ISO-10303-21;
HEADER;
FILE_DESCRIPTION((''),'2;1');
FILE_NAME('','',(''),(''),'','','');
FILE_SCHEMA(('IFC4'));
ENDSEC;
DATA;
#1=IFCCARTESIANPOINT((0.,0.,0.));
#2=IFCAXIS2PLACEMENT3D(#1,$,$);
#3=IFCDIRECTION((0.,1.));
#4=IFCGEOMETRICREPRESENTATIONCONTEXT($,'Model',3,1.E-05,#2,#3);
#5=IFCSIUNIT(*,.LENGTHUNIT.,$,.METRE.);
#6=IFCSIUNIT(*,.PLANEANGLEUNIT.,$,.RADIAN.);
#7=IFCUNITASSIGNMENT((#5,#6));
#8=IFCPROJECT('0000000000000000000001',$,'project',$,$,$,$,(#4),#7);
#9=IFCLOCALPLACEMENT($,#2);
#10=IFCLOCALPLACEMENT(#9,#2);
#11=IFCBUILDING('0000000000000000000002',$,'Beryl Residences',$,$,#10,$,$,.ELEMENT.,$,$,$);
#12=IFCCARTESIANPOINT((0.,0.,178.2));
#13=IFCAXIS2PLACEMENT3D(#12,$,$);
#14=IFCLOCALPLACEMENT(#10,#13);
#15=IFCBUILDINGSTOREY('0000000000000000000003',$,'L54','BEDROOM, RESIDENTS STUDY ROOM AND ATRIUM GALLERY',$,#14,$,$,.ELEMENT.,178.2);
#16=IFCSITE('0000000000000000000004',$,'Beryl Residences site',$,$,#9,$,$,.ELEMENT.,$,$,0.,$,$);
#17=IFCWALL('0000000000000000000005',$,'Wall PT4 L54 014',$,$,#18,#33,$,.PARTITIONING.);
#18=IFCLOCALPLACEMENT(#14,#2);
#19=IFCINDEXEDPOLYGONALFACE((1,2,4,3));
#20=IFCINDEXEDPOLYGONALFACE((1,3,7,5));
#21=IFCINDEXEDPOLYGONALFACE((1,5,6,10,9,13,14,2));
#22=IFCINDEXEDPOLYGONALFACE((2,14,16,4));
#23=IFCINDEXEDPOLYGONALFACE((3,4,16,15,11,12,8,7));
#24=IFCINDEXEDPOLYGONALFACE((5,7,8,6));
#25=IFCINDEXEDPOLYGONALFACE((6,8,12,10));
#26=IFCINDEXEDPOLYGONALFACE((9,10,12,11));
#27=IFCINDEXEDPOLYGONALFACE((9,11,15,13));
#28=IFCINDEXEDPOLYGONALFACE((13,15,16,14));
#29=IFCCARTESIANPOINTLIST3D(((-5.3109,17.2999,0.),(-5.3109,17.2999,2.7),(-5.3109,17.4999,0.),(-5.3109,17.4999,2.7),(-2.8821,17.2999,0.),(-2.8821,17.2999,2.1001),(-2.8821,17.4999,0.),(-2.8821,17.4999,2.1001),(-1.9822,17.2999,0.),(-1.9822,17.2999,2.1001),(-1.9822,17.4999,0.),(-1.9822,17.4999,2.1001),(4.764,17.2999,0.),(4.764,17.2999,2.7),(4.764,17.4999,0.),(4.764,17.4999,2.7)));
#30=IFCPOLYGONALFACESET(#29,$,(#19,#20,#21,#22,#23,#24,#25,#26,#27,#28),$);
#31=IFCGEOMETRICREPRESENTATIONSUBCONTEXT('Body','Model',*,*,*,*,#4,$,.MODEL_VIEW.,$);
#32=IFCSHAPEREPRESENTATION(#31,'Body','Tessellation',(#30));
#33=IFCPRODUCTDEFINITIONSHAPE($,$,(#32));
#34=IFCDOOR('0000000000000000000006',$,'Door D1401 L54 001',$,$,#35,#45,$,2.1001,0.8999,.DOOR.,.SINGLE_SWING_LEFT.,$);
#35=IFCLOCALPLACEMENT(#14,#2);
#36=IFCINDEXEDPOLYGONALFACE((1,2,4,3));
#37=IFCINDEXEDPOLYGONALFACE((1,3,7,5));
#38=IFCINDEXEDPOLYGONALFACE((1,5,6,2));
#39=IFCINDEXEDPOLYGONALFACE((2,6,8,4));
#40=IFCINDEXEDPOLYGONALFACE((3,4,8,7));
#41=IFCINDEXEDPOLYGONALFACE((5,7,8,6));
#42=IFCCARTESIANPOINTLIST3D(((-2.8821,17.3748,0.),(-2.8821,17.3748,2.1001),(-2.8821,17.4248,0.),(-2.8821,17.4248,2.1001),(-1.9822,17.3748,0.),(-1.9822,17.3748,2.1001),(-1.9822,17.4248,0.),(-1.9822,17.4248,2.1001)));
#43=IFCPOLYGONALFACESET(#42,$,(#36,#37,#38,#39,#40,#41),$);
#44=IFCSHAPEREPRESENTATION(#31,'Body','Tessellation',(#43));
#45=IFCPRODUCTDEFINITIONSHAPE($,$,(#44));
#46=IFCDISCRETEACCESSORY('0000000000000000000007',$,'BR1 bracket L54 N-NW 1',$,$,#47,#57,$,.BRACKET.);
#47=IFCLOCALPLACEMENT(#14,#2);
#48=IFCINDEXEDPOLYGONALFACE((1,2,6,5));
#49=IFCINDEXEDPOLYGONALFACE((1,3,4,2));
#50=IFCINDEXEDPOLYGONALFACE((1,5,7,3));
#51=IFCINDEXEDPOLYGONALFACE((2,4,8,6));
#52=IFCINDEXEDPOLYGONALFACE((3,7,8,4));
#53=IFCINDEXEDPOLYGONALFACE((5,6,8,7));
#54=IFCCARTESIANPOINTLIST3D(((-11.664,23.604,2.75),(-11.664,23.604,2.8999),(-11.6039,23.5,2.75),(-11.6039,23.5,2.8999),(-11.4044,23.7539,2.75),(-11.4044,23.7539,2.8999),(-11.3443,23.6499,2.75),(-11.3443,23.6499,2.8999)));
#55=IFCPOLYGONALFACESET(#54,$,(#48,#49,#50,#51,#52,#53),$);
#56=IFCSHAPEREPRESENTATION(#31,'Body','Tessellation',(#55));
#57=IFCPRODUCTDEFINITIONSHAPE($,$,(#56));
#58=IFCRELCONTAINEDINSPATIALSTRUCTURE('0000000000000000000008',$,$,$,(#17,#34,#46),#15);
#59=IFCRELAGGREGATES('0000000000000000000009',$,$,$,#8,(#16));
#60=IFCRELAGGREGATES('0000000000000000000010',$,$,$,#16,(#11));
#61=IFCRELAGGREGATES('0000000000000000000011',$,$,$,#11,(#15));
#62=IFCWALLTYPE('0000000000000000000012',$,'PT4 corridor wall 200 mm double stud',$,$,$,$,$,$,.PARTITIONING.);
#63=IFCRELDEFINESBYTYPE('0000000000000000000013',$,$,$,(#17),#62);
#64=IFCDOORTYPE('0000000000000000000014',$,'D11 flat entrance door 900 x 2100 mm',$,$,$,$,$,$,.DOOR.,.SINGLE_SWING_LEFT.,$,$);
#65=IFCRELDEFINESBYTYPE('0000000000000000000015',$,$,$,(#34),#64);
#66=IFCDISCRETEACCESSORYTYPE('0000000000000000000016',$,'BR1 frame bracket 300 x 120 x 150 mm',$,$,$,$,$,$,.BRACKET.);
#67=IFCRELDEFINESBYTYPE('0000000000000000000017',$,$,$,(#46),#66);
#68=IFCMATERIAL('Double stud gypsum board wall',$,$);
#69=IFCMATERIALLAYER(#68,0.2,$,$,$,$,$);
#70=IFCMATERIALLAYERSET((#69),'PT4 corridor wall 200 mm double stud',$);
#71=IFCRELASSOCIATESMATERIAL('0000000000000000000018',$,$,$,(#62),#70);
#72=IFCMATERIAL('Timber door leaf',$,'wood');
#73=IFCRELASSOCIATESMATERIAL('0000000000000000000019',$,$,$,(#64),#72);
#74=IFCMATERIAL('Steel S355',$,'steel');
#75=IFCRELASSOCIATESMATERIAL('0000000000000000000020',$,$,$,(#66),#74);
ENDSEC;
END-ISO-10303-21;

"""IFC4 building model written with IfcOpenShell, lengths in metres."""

from ifc_helpers import new_model, si_unit, direction, frame, frame_2d, origin, place, context, subcontext, project, spatial, polyline, rectangle, outline, extrude, source, transform, mapped, material, layer, layer_set, type_object, type_shapes, element, fill, save


model = new_model("IFC4")

# Units and contexts
model_context = context("Model", 3, precision=1e-05, world=origin(), true_north=direction((0.0, 1.0)))
body_context = subcontext(model_context, "Body", "Model", "MODEL_VIEW")
ifc_project = project(units=[si_unit("LENGTHUNIT", "METRE"), si_unit("PLANEANGLEUNIT", "RADIAN")], contexts=[model_context])

# Site, building, storey
site_placement = place(None, origin())
site = spatial("IfcSite", under=ifc_project, at=site_placement, Name="Beryl Residences site", CompositionType="ELEMENT", RefElevation=0.0)
building_placement = place(site_placement, origin())
building = spatial("IfcBuilding", under=site, at=building_placement, Name="Beryl Residences", CompositionType="ELEMENT")
storey_placement = place(building_placement, frame((0.0, 0.0, 178.2)))
storey = spatial("IfcBuildingStorey", under=building, at=storey_placement, Name="L54", Description="BEDROOM, RESIDENTS STUDY ROOM AND ATRIUM GALLERY", CompositionType="ELEMENT", Elevation=178.2)

# Wall, opening, door
ifc_material_1 = material(Name="Double stud gypsum board wall")
ifc_layer_1 = layer(ifc_material_1, 0.2)
ifc_layer_set_1 = layer_set([ifc_layer_1], Name="PT4 corridor wall 200 mm double stud")
wall_type_1 = type_object("IfcWallType", Name="PT4 corridor wall 200 mm double stud", PredefinedType="PARTITIONING", material=ifc_layer_set_1)
wall_1_placement = place(storey_placement, frame((-5.311, 17.3999, 0.0), z_axis=(0.0, 0.0, 1.0), x_axis=(1.0, 0.0, 0.0)))
wall_1 = element("IfcWall", 1, at=wall_1_placement, inside=storey, type_object=wall_type_1, Name="Wall PT4 L54 014", PredefinedType="PARTITIONING", context=body_context, shape_type="SweptSolid", body=[
    extrude(rectangle(XDim=10.075, YDim=0.2, at=frame_2d((5.0376, 0.0))), origin(), (0.0, 0.0, 1.0), 2.7),
])
opening_1_placement = place(wall_1_placement, frame((2.429, 0.0, 0.0)))
opening_1 = element("IfcOpeningElement", 2, at=opening_1_placement, cuts=wall_1, PredefinedType="OPENING", context=body_context, shape_type="SweptSolid", body=[
    extrude(rectangle(XDim=0.8999, YDim=2.1001, at=frame_2d((0.45, 1.05))), frame((0.0, 0.1099, 0.0), z_axis=(0.0, -1.0, 0.0), x_axis=(1.0, 0.0, 0.0)), (0.0, 0.0, 1.0), 0.22),
])
ifc_material_2 = material(Name="Timber door leaf", Category="wood")
door_type_1 = type_object("IfcDoorType", Name="D11 flat entrance door 900 x 2100 mm", OperationType="SINGLE_SWING_LEFT", PredefinedType="DOOR", material=ifc_material_2)
door_1_placement = place(opening_1_placement, origin())
door_1 = element("IfcDoor", 3, at=door_1_placement, inside=storey, type_object=door_type_1, Name="Door D1401 L54 001", OperationType="SINGLE_SWING_LEFT", OverallHeight=2.1001, OverallWidth=0.8999, PredefinedType="DOOR", context=body_context, shape_type="SweptSolid", body=[
    extrude(rectangle(XDim=0.8999, YDim=2.1001, at=frame_2d((0.45, 1.05))), frame((0.0, 0.0249, 0.0), z_axis=(0.0, -1.0, 0.0), x_axis=(1.0, 0.0, 0.0)), (0.0, 0.0, 1.0), 0.05),
])
fill(opening_1, door_1)

# Discrete accessory
ifc_material_3 = material(Name="Steel S355", Category="steel")
discrete_accessory_type = type_object("IfcDiscreteAccessoryType", Name="BR1 frame bracket 300 x 120 x 150 mm", PredefinedType="BRACKET", material=ifc_material_3)
shared_shape_1 = source(origin(), body_context, "Body", "SweptSolid", [
    extrude(outline(polyline([(-0.1499, 0.0), (0.1499, 0.0), (0.1499, 0.1201), (-0.1499, 0.1201), (-0.1499, 0.0)])), origin(), (0.0, 0.0, 1.0), 0.1499),
])
type_shapes(discrete_accessory_type, [shared_shape_1])
discrete_accessory_placement = place(storey_placement, frame((-11.4741, 23.575, 2.75), z_axis=(0.0, 0.0, 1.0), x_axis=(0.866025, 0.5, 0.0)))
element("IfcDiscreteAccessory", 4, at=discrete_accessory_placement, inside=storey, type_object=discrete_accessory_type, Name="BR1 bracket L54 N-NW 1", PredefinedType="BRACKET", context=body_context, shape_type="MappedRepresentation", body=[
    mapped(shared_shape_1, transform((0.0, 0.0, 0.0))),
])

save(model, "model.ifc")
